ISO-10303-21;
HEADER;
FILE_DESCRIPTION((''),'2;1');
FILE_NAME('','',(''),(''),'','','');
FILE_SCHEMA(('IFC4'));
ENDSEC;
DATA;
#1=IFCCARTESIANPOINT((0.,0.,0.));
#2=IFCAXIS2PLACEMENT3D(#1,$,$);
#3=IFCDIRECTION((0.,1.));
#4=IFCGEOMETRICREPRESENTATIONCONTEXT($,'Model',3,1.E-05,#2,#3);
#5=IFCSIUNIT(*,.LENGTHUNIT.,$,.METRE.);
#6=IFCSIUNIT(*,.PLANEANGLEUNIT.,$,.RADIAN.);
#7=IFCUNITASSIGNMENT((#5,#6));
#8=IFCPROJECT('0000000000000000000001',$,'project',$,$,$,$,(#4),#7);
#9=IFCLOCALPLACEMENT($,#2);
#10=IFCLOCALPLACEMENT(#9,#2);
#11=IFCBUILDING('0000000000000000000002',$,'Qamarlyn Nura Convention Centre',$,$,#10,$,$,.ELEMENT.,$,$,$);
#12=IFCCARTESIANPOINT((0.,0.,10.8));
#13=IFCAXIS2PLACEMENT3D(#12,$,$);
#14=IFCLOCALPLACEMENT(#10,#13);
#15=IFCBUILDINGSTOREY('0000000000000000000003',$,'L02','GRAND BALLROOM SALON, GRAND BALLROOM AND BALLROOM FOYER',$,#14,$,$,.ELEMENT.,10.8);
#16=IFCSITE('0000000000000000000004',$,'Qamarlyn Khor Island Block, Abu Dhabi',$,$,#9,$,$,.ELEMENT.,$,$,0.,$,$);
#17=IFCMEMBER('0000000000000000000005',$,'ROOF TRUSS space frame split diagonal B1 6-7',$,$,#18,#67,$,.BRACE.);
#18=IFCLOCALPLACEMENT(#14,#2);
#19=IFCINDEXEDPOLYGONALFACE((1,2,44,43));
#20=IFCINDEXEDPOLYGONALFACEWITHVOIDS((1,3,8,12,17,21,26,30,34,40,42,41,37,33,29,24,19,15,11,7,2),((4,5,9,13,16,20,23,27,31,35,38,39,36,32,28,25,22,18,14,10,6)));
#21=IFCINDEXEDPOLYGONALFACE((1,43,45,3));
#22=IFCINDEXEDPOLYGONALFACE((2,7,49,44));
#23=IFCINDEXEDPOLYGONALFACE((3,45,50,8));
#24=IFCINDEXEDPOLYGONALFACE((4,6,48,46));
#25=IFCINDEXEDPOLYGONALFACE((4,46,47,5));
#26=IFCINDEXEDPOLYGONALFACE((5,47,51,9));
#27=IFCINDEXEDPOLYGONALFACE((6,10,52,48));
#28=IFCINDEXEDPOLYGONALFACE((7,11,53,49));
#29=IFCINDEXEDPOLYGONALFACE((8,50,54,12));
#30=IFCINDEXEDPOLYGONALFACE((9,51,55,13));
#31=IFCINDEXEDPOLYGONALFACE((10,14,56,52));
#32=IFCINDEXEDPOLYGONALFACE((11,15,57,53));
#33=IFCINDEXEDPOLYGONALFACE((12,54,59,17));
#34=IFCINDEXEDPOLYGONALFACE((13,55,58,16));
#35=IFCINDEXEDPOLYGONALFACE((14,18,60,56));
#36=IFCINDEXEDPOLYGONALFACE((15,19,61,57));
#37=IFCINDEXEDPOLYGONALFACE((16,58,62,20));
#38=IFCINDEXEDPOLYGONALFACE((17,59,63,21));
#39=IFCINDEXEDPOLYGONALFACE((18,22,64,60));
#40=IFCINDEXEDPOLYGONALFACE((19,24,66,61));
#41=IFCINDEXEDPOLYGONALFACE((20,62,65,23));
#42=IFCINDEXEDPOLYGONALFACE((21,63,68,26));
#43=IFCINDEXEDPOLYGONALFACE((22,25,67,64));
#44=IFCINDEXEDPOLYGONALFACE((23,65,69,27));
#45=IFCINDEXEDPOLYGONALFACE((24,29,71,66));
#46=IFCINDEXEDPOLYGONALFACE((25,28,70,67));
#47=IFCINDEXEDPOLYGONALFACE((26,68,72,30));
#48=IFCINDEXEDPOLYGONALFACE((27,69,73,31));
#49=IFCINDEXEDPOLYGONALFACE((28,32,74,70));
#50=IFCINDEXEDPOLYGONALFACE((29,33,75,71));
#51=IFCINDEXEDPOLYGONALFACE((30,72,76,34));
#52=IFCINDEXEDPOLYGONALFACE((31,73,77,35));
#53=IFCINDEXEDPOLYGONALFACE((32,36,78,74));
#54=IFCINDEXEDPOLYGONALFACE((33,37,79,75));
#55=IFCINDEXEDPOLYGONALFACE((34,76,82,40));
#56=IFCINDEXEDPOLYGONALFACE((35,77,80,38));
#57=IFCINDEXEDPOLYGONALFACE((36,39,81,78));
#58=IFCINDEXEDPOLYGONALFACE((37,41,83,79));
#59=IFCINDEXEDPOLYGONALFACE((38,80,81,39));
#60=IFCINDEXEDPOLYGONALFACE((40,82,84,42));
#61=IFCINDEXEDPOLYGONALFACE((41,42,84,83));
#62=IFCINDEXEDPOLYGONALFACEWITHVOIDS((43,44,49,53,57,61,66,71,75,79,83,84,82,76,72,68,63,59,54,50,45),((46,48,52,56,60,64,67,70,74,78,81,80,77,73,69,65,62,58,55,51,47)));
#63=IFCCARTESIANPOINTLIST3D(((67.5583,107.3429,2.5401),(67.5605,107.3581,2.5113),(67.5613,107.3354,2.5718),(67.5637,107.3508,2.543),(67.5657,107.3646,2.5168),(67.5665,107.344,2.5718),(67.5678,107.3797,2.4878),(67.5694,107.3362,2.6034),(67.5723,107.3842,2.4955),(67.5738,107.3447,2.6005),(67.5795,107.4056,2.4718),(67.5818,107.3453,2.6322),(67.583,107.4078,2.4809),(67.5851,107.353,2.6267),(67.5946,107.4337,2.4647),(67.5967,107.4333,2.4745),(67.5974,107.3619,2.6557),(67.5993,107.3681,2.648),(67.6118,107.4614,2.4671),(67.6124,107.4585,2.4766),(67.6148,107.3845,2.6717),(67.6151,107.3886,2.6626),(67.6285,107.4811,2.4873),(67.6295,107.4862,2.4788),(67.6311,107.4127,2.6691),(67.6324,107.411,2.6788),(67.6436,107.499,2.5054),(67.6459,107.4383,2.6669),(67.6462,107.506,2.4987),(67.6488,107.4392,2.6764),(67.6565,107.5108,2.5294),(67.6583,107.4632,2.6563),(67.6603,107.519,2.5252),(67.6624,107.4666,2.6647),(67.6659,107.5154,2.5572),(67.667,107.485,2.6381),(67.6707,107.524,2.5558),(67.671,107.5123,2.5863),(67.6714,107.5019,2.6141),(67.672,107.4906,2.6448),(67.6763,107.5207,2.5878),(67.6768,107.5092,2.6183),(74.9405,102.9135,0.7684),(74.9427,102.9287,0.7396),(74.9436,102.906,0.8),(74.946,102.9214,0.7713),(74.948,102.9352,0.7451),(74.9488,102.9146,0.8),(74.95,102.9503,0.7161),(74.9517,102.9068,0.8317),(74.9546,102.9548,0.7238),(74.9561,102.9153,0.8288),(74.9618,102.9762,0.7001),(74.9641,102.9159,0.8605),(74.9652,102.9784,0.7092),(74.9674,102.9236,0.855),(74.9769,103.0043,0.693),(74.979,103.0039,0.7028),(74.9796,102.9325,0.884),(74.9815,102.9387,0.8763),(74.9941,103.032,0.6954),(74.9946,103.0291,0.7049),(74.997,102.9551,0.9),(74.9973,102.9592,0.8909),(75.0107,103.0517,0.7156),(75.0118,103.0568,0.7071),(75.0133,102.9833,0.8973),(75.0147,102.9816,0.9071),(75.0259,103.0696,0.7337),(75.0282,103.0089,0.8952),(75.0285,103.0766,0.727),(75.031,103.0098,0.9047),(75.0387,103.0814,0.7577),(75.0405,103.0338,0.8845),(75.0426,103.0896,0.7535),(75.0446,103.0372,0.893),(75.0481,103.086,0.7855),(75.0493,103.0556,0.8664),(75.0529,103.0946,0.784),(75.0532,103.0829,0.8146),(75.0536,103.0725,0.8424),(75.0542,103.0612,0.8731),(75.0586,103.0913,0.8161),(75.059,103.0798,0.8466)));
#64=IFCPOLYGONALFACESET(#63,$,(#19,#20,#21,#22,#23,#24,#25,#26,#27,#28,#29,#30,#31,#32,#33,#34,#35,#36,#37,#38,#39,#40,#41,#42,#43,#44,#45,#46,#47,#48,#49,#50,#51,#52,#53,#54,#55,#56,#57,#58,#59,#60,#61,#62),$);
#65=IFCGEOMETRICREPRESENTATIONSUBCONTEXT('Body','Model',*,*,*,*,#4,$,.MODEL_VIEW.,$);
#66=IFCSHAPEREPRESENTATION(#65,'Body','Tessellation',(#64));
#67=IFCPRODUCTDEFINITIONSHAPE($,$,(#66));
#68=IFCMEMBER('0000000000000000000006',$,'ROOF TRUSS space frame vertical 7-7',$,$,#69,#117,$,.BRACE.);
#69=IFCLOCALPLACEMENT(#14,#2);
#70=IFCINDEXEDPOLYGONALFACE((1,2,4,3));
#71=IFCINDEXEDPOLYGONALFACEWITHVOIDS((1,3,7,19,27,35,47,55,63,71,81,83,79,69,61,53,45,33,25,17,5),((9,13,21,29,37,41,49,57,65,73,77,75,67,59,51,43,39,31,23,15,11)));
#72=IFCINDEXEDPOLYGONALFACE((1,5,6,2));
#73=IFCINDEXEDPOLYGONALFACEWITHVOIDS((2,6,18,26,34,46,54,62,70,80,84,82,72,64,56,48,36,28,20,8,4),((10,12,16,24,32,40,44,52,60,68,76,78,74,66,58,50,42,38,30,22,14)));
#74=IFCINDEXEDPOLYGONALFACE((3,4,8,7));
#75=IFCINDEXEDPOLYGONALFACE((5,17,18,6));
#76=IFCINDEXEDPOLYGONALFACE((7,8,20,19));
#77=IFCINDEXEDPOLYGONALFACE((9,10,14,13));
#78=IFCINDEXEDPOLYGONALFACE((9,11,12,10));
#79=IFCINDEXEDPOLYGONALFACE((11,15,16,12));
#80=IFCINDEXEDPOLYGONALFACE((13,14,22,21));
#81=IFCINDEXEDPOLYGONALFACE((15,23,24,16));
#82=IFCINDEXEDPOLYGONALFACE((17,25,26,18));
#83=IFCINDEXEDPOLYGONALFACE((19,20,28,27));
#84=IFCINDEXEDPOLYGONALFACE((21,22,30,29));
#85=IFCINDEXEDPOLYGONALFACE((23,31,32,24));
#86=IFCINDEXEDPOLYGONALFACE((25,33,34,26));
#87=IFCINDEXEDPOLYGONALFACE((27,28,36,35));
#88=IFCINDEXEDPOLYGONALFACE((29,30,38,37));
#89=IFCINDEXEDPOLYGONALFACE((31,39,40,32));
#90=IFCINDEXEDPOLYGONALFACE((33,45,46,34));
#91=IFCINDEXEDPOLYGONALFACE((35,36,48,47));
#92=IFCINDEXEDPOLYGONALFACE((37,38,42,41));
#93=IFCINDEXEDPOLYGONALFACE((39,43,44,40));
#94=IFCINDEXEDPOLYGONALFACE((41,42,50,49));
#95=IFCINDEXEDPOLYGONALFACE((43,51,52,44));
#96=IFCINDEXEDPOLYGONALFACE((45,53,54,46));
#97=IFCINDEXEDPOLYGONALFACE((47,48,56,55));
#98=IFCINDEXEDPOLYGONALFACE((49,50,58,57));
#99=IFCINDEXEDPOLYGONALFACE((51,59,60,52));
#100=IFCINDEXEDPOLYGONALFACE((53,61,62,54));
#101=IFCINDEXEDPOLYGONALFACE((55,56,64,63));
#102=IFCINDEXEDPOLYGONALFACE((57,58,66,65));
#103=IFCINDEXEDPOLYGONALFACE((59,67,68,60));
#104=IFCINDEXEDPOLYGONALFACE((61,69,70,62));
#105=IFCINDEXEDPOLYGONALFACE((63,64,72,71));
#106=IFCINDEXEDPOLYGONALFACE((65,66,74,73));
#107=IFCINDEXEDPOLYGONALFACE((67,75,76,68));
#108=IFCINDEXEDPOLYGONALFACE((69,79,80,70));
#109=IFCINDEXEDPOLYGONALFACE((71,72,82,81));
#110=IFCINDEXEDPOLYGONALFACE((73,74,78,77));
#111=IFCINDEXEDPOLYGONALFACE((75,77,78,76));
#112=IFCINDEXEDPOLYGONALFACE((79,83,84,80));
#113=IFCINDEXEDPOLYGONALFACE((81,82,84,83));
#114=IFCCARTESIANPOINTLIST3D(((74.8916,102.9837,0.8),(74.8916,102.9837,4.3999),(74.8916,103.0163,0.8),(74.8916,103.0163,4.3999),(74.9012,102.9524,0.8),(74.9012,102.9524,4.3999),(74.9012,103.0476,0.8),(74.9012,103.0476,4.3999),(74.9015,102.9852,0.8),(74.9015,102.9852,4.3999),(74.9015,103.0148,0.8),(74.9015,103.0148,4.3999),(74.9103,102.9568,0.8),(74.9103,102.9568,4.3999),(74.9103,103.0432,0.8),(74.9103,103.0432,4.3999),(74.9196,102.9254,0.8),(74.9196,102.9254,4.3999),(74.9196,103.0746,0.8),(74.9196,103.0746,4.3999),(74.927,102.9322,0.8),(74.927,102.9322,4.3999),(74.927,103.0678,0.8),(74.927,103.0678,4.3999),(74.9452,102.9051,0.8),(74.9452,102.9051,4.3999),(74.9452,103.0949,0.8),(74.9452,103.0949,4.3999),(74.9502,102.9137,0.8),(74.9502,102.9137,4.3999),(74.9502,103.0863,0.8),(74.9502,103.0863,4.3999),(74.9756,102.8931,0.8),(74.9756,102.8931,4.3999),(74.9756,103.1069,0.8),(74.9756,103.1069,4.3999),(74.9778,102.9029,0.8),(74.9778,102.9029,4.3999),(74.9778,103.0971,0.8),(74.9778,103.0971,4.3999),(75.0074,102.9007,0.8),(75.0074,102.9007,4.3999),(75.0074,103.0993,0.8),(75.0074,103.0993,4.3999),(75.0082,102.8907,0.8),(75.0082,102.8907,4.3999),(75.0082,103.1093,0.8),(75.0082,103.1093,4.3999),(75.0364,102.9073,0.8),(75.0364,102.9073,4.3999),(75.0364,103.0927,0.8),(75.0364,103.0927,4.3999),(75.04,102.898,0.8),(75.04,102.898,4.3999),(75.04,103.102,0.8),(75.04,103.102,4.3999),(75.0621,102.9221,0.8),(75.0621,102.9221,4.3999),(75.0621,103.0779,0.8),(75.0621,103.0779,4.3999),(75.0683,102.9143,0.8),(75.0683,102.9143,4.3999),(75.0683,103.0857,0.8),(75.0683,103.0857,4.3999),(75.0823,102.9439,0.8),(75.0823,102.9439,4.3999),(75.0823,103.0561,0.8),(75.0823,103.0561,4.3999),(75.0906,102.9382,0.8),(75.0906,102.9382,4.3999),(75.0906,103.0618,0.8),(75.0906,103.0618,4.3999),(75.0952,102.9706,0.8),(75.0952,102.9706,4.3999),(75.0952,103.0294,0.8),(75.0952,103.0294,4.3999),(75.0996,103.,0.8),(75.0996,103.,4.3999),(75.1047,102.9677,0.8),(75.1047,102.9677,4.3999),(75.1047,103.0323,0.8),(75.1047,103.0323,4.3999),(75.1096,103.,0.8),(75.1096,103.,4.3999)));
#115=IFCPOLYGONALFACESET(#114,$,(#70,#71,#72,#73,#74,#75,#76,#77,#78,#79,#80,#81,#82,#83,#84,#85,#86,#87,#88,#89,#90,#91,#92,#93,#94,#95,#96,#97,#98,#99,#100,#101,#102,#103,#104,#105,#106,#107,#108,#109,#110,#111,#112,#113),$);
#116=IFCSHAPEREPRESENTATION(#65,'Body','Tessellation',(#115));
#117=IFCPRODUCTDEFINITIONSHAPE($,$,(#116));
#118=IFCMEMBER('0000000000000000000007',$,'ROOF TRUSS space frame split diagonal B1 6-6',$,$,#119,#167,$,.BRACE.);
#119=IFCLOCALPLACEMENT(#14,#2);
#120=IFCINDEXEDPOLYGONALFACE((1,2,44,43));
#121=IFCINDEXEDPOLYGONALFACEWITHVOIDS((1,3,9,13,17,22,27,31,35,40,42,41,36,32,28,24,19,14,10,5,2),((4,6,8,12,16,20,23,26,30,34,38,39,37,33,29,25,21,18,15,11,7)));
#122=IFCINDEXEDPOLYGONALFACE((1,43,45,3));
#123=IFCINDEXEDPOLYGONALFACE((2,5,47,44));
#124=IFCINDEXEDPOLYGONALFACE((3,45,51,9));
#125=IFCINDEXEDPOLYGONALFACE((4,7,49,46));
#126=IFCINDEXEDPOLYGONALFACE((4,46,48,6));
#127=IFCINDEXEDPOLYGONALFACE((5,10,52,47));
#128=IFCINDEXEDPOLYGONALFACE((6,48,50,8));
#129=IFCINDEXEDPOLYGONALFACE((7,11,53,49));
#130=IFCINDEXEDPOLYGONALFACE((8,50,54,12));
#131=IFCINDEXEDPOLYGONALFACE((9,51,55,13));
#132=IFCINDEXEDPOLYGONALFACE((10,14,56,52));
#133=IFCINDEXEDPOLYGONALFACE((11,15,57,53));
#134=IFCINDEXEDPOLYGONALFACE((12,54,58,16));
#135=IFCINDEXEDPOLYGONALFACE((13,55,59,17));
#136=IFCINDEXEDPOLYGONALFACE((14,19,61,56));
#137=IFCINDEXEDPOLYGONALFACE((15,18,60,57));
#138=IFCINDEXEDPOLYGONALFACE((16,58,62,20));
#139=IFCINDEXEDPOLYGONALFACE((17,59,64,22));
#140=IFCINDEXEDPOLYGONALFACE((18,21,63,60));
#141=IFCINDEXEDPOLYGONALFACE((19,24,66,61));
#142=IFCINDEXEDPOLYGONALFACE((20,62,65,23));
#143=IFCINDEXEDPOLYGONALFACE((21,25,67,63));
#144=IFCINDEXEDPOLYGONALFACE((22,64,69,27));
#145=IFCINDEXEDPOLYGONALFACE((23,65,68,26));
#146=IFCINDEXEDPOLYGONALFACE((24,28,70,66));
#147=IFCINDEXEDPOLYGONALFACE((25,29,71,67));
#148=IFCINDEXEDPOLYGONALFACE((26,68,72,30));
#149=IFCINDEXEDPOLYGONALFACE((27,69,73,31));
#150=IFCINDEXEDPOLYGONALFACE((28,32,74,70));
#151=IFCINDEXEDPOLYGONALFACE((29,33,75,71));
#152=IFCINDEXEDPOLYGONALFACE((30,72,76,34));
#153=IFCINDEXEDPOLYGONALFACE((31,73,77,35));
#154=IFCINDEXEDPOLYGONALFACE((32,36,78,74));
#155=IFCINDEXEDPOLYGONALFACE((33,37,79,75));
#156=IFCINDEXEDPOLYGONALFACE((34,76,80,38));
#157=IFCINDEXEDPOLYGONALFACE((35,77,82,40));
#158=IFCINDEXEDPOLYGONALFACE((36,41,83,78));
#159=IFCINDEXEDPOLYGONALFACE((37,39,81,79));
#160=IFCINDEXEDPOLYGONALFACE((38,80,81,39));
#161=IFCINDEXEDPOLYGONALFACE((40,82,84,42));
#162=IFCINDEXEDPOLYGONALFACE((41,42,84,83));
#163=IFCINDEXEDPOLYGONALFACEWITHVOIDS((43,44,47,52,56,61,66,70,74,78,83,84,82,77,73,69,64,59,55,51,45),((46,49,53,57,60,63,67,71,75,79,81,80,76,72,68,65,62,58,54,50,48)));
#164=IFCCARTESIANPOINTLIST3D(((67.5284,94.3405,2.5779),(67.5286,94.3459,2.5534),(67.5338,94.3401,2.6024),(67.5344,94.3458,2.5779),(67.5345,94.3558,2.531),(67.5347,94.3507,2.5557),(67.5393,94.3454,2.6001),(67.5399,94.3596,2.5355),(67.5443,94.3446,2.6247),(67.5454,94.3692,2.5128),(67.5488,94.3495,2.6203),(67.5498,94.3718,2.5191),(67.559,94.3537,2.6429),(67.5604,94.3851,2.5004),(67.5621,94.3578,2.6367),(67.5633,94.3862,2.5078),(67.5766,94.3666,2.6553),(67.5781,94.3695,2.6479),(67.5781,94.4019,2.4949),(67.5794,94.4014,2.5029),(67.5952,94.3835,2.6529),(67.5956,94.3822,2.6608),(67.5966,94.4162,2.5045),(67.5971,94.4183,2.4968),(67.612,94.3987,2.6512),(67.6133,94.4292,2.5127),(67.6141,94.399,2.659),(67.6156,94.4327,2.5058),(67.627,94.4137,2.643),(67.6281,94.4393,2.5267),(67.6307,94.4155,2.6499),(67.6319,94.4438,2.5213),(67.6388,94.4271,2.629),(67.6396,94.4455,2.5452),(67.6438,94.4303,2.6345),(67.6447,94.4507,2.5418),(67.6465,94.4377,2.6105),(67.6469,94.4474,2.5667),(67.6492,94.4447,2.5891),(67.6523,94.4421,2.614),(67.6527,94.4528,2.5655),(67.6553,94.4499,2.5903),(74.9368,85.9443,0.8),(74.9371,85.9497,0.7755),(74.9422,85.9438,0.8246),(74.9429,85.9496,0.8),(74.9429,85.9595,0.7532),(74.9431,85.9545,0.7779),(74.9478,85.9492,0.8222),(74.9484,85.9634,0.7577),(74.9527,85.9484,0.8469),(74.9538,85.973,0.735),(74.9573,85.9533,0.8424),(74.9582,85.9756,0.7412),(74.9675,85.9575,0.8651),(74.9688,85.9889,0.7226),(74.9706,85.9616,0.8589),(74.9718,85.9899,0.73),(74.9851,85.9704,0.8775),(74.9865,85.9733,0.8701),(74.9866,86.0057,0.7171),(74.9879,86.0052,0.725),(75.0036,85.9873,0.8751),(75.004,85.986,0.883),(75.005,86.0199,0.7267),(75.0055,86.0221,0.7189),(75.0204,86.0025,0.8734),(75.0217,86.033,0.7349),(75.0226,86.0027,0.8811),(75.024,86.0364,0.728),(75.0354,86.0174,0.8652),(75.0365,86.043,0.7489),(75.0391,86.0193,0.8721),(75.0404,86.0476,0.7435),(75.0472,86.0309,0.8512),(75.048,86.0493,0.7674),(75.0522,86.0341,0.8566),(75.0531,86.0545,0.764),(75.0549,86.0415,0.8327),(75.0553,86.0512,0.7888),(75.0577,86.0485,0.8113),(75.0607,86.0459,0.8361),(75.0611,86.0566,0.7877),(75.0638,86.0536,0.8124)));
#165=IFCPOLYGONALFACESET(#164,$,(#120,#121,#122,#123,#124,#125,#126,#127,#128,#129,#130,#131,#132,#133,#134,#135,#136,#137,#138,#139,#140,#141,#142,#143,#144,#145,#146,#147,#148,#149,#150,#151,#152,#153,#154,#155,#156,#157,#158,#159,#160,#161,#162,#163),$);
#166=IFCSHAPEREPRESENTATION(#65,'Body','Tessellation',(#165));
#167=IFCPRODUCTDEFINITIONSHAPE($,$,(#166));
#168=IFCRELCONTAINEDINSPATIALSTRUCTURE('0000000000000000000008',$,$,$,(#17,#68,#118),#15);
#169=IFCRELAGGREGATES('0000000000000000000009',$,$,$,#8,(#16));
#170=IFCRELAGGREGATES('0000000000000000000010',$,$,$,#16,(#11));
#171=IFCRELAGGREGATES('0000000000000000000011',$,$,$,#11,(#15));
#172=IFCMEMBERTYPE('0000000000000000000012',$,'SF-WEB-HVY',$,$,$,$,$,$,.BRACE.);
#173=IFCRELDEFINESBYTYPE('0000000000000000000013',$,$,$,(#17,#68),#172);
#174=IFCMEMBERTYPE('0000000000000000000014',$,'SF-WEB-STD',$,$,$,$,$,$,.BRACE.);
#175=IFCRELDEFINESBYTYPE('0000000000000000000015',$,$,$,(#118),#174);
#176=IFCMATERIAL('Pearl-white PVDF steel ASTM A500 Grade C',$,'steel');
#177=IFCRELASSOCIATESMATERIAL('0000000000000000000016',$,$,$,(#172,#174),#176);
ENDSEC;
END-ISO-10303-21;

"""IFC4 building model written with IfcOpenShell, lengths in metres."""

from ifc_helpers import new_model, si_unit, direction, frame, origin, origin_2d, place, context, subcontext, project, spatial, hollow_circle, extrude, material, material_profile, profile_set, type_object, element, save


model = new_model("IFC4")

# Units and contexts
model_context = context("Model", 3, precision=1e-05, world=origin(), true_north=direction((0.0, 1.0)))
body_context = subcontext(model_context, "Body", "Model", "MODEL_VIEW")
ifc_project = project(units=[si_unit("LENGTHUNIT", "METRE"), si_unit("PLANEANGLEUNIT", "RADIAN")], contexts=[model_context])

# Site, building, storey
site_placement = place(None, origin())
site = spatial("IfcSite", under=ifc_project, at=site_placement, Name="Qamarlyn Khor Island Block, Abu Dhabi", CompositionType="ELEMENT", RefElevation=0.0)
building_placement = place(site_placement, origin())
building = spatial("IfcBuilding", under=site, at=building_placement, Name="Qamarlyn Nura Convention Centre", CompositionType="ELEMENT")
storey_placement = place(building_placement, frame((0.0, 0.0, 10.8)))
storey = spatial("IfcBuildingStorey", under=building, at=storey_placement, Name="L02", Description="GRAND BALLROOM SALON, GRAND BALLROOM AND BALLROOM FOYER", CompositionType="ELEMENT", Elevation=10.8)

# Members
ifc_material_1 = material(Name="Pearl-white PVDF steel ASTM A500 Grade C", Category="steel")
ifc_material_profile_1 = material_profile(ifc_material_1, hollow_circle(Radius=0.1096, WallThickness=0.01, at=origin_2d()), Name="CHS219.1X10")
ifc_profile_set_1 = profile_set([ifc_material_profile_1], Name="Pearl-white PVDF steel ASTM A500 Grade C")
member_type_1 = type_object("IfcMemberType", Name="SF-WEB-HVY", PredefinedType="BRACE", material=ifc_profile_set_1)
member_1_placement = place(storey_placement, frame((75.0, 103.0, 0.8), z_axis=(-0.83989, 0.503939, 0.20157), x_axis=(-0.5145, -0.85749, 0.0)))
element("IfcMember", 1, at=member_1_placement, inside=storey, type_object=member_type_1, Name="ROOF TRUSS space frame split diagonal B1 6-7", PredefinedType="BRACE", context=body_context, shape_type="SweptSolid", body=[
    extrude(hollow_circle(Radius=0.1096, WallThickness=0.01, at=origin_2d()), origin(), (0.0, 0.0, 1.0), 8.7896),
])
member_2_placement = place(storey_placement, frame((75.0, 103.0, 0.8), z_axis=(0.0, 0.0, 1.0), x_axis=(1.0, 0.0, 0.0)))
element("IfcMember", 2, at=member_2_placement, inside=storey, type_object=member_type_1, Name="ROOF TRUSS space frame vertical 7-7", PredefinedType="BRACE", context=body_context, shape_type="SweptSolid", body=[
    extrude(hollow_circle(Radius=0.1096, WallThickness=0.01, at=origin_2d()), origin(), (0.0, 0.0, 1.0), 3.5999),
])
ifc_material_profile_2 = material_profile(ifc_material_1, hollow_circle(Radius=0.0842, WallThickness=0.0081, at=origin_2d()), Name="CHS168.3X8")
ifc_profile_set_2 = profile_set([ifc_material_profile_2], Name="Pearl-white PVDF steel ASTM A500 Grade C")
member_type_2 = type_object("IfcMemberType", Name="SF-WEB-STD", PredefinedType="BRACE", material=ifc_profile_set_2)
member_3_placement = place(storey_placement, frame((75.0, 86.0, 0.8), z_axis=(-0.653437, 0.740562, 0.156808), x_axis=(-0.749838, -0.661622, 0.0)))
element("IfcMember", 3, at=member_3_placement, inside=storey, type_object=member_type_2, Name="ROOF TRUSS space frame split diagonal B1 6-6", PredefinedType="BRACE", context=body_context, shape_type="SweptSolid", body=[
    extrude(hollow_circle(Radius=0.0842, WallThickness=0.0081, at=origin_2d()), origin(), (0.0, 0.0, 1.0), 11.3376),
])

save(model, "model.ifc")
